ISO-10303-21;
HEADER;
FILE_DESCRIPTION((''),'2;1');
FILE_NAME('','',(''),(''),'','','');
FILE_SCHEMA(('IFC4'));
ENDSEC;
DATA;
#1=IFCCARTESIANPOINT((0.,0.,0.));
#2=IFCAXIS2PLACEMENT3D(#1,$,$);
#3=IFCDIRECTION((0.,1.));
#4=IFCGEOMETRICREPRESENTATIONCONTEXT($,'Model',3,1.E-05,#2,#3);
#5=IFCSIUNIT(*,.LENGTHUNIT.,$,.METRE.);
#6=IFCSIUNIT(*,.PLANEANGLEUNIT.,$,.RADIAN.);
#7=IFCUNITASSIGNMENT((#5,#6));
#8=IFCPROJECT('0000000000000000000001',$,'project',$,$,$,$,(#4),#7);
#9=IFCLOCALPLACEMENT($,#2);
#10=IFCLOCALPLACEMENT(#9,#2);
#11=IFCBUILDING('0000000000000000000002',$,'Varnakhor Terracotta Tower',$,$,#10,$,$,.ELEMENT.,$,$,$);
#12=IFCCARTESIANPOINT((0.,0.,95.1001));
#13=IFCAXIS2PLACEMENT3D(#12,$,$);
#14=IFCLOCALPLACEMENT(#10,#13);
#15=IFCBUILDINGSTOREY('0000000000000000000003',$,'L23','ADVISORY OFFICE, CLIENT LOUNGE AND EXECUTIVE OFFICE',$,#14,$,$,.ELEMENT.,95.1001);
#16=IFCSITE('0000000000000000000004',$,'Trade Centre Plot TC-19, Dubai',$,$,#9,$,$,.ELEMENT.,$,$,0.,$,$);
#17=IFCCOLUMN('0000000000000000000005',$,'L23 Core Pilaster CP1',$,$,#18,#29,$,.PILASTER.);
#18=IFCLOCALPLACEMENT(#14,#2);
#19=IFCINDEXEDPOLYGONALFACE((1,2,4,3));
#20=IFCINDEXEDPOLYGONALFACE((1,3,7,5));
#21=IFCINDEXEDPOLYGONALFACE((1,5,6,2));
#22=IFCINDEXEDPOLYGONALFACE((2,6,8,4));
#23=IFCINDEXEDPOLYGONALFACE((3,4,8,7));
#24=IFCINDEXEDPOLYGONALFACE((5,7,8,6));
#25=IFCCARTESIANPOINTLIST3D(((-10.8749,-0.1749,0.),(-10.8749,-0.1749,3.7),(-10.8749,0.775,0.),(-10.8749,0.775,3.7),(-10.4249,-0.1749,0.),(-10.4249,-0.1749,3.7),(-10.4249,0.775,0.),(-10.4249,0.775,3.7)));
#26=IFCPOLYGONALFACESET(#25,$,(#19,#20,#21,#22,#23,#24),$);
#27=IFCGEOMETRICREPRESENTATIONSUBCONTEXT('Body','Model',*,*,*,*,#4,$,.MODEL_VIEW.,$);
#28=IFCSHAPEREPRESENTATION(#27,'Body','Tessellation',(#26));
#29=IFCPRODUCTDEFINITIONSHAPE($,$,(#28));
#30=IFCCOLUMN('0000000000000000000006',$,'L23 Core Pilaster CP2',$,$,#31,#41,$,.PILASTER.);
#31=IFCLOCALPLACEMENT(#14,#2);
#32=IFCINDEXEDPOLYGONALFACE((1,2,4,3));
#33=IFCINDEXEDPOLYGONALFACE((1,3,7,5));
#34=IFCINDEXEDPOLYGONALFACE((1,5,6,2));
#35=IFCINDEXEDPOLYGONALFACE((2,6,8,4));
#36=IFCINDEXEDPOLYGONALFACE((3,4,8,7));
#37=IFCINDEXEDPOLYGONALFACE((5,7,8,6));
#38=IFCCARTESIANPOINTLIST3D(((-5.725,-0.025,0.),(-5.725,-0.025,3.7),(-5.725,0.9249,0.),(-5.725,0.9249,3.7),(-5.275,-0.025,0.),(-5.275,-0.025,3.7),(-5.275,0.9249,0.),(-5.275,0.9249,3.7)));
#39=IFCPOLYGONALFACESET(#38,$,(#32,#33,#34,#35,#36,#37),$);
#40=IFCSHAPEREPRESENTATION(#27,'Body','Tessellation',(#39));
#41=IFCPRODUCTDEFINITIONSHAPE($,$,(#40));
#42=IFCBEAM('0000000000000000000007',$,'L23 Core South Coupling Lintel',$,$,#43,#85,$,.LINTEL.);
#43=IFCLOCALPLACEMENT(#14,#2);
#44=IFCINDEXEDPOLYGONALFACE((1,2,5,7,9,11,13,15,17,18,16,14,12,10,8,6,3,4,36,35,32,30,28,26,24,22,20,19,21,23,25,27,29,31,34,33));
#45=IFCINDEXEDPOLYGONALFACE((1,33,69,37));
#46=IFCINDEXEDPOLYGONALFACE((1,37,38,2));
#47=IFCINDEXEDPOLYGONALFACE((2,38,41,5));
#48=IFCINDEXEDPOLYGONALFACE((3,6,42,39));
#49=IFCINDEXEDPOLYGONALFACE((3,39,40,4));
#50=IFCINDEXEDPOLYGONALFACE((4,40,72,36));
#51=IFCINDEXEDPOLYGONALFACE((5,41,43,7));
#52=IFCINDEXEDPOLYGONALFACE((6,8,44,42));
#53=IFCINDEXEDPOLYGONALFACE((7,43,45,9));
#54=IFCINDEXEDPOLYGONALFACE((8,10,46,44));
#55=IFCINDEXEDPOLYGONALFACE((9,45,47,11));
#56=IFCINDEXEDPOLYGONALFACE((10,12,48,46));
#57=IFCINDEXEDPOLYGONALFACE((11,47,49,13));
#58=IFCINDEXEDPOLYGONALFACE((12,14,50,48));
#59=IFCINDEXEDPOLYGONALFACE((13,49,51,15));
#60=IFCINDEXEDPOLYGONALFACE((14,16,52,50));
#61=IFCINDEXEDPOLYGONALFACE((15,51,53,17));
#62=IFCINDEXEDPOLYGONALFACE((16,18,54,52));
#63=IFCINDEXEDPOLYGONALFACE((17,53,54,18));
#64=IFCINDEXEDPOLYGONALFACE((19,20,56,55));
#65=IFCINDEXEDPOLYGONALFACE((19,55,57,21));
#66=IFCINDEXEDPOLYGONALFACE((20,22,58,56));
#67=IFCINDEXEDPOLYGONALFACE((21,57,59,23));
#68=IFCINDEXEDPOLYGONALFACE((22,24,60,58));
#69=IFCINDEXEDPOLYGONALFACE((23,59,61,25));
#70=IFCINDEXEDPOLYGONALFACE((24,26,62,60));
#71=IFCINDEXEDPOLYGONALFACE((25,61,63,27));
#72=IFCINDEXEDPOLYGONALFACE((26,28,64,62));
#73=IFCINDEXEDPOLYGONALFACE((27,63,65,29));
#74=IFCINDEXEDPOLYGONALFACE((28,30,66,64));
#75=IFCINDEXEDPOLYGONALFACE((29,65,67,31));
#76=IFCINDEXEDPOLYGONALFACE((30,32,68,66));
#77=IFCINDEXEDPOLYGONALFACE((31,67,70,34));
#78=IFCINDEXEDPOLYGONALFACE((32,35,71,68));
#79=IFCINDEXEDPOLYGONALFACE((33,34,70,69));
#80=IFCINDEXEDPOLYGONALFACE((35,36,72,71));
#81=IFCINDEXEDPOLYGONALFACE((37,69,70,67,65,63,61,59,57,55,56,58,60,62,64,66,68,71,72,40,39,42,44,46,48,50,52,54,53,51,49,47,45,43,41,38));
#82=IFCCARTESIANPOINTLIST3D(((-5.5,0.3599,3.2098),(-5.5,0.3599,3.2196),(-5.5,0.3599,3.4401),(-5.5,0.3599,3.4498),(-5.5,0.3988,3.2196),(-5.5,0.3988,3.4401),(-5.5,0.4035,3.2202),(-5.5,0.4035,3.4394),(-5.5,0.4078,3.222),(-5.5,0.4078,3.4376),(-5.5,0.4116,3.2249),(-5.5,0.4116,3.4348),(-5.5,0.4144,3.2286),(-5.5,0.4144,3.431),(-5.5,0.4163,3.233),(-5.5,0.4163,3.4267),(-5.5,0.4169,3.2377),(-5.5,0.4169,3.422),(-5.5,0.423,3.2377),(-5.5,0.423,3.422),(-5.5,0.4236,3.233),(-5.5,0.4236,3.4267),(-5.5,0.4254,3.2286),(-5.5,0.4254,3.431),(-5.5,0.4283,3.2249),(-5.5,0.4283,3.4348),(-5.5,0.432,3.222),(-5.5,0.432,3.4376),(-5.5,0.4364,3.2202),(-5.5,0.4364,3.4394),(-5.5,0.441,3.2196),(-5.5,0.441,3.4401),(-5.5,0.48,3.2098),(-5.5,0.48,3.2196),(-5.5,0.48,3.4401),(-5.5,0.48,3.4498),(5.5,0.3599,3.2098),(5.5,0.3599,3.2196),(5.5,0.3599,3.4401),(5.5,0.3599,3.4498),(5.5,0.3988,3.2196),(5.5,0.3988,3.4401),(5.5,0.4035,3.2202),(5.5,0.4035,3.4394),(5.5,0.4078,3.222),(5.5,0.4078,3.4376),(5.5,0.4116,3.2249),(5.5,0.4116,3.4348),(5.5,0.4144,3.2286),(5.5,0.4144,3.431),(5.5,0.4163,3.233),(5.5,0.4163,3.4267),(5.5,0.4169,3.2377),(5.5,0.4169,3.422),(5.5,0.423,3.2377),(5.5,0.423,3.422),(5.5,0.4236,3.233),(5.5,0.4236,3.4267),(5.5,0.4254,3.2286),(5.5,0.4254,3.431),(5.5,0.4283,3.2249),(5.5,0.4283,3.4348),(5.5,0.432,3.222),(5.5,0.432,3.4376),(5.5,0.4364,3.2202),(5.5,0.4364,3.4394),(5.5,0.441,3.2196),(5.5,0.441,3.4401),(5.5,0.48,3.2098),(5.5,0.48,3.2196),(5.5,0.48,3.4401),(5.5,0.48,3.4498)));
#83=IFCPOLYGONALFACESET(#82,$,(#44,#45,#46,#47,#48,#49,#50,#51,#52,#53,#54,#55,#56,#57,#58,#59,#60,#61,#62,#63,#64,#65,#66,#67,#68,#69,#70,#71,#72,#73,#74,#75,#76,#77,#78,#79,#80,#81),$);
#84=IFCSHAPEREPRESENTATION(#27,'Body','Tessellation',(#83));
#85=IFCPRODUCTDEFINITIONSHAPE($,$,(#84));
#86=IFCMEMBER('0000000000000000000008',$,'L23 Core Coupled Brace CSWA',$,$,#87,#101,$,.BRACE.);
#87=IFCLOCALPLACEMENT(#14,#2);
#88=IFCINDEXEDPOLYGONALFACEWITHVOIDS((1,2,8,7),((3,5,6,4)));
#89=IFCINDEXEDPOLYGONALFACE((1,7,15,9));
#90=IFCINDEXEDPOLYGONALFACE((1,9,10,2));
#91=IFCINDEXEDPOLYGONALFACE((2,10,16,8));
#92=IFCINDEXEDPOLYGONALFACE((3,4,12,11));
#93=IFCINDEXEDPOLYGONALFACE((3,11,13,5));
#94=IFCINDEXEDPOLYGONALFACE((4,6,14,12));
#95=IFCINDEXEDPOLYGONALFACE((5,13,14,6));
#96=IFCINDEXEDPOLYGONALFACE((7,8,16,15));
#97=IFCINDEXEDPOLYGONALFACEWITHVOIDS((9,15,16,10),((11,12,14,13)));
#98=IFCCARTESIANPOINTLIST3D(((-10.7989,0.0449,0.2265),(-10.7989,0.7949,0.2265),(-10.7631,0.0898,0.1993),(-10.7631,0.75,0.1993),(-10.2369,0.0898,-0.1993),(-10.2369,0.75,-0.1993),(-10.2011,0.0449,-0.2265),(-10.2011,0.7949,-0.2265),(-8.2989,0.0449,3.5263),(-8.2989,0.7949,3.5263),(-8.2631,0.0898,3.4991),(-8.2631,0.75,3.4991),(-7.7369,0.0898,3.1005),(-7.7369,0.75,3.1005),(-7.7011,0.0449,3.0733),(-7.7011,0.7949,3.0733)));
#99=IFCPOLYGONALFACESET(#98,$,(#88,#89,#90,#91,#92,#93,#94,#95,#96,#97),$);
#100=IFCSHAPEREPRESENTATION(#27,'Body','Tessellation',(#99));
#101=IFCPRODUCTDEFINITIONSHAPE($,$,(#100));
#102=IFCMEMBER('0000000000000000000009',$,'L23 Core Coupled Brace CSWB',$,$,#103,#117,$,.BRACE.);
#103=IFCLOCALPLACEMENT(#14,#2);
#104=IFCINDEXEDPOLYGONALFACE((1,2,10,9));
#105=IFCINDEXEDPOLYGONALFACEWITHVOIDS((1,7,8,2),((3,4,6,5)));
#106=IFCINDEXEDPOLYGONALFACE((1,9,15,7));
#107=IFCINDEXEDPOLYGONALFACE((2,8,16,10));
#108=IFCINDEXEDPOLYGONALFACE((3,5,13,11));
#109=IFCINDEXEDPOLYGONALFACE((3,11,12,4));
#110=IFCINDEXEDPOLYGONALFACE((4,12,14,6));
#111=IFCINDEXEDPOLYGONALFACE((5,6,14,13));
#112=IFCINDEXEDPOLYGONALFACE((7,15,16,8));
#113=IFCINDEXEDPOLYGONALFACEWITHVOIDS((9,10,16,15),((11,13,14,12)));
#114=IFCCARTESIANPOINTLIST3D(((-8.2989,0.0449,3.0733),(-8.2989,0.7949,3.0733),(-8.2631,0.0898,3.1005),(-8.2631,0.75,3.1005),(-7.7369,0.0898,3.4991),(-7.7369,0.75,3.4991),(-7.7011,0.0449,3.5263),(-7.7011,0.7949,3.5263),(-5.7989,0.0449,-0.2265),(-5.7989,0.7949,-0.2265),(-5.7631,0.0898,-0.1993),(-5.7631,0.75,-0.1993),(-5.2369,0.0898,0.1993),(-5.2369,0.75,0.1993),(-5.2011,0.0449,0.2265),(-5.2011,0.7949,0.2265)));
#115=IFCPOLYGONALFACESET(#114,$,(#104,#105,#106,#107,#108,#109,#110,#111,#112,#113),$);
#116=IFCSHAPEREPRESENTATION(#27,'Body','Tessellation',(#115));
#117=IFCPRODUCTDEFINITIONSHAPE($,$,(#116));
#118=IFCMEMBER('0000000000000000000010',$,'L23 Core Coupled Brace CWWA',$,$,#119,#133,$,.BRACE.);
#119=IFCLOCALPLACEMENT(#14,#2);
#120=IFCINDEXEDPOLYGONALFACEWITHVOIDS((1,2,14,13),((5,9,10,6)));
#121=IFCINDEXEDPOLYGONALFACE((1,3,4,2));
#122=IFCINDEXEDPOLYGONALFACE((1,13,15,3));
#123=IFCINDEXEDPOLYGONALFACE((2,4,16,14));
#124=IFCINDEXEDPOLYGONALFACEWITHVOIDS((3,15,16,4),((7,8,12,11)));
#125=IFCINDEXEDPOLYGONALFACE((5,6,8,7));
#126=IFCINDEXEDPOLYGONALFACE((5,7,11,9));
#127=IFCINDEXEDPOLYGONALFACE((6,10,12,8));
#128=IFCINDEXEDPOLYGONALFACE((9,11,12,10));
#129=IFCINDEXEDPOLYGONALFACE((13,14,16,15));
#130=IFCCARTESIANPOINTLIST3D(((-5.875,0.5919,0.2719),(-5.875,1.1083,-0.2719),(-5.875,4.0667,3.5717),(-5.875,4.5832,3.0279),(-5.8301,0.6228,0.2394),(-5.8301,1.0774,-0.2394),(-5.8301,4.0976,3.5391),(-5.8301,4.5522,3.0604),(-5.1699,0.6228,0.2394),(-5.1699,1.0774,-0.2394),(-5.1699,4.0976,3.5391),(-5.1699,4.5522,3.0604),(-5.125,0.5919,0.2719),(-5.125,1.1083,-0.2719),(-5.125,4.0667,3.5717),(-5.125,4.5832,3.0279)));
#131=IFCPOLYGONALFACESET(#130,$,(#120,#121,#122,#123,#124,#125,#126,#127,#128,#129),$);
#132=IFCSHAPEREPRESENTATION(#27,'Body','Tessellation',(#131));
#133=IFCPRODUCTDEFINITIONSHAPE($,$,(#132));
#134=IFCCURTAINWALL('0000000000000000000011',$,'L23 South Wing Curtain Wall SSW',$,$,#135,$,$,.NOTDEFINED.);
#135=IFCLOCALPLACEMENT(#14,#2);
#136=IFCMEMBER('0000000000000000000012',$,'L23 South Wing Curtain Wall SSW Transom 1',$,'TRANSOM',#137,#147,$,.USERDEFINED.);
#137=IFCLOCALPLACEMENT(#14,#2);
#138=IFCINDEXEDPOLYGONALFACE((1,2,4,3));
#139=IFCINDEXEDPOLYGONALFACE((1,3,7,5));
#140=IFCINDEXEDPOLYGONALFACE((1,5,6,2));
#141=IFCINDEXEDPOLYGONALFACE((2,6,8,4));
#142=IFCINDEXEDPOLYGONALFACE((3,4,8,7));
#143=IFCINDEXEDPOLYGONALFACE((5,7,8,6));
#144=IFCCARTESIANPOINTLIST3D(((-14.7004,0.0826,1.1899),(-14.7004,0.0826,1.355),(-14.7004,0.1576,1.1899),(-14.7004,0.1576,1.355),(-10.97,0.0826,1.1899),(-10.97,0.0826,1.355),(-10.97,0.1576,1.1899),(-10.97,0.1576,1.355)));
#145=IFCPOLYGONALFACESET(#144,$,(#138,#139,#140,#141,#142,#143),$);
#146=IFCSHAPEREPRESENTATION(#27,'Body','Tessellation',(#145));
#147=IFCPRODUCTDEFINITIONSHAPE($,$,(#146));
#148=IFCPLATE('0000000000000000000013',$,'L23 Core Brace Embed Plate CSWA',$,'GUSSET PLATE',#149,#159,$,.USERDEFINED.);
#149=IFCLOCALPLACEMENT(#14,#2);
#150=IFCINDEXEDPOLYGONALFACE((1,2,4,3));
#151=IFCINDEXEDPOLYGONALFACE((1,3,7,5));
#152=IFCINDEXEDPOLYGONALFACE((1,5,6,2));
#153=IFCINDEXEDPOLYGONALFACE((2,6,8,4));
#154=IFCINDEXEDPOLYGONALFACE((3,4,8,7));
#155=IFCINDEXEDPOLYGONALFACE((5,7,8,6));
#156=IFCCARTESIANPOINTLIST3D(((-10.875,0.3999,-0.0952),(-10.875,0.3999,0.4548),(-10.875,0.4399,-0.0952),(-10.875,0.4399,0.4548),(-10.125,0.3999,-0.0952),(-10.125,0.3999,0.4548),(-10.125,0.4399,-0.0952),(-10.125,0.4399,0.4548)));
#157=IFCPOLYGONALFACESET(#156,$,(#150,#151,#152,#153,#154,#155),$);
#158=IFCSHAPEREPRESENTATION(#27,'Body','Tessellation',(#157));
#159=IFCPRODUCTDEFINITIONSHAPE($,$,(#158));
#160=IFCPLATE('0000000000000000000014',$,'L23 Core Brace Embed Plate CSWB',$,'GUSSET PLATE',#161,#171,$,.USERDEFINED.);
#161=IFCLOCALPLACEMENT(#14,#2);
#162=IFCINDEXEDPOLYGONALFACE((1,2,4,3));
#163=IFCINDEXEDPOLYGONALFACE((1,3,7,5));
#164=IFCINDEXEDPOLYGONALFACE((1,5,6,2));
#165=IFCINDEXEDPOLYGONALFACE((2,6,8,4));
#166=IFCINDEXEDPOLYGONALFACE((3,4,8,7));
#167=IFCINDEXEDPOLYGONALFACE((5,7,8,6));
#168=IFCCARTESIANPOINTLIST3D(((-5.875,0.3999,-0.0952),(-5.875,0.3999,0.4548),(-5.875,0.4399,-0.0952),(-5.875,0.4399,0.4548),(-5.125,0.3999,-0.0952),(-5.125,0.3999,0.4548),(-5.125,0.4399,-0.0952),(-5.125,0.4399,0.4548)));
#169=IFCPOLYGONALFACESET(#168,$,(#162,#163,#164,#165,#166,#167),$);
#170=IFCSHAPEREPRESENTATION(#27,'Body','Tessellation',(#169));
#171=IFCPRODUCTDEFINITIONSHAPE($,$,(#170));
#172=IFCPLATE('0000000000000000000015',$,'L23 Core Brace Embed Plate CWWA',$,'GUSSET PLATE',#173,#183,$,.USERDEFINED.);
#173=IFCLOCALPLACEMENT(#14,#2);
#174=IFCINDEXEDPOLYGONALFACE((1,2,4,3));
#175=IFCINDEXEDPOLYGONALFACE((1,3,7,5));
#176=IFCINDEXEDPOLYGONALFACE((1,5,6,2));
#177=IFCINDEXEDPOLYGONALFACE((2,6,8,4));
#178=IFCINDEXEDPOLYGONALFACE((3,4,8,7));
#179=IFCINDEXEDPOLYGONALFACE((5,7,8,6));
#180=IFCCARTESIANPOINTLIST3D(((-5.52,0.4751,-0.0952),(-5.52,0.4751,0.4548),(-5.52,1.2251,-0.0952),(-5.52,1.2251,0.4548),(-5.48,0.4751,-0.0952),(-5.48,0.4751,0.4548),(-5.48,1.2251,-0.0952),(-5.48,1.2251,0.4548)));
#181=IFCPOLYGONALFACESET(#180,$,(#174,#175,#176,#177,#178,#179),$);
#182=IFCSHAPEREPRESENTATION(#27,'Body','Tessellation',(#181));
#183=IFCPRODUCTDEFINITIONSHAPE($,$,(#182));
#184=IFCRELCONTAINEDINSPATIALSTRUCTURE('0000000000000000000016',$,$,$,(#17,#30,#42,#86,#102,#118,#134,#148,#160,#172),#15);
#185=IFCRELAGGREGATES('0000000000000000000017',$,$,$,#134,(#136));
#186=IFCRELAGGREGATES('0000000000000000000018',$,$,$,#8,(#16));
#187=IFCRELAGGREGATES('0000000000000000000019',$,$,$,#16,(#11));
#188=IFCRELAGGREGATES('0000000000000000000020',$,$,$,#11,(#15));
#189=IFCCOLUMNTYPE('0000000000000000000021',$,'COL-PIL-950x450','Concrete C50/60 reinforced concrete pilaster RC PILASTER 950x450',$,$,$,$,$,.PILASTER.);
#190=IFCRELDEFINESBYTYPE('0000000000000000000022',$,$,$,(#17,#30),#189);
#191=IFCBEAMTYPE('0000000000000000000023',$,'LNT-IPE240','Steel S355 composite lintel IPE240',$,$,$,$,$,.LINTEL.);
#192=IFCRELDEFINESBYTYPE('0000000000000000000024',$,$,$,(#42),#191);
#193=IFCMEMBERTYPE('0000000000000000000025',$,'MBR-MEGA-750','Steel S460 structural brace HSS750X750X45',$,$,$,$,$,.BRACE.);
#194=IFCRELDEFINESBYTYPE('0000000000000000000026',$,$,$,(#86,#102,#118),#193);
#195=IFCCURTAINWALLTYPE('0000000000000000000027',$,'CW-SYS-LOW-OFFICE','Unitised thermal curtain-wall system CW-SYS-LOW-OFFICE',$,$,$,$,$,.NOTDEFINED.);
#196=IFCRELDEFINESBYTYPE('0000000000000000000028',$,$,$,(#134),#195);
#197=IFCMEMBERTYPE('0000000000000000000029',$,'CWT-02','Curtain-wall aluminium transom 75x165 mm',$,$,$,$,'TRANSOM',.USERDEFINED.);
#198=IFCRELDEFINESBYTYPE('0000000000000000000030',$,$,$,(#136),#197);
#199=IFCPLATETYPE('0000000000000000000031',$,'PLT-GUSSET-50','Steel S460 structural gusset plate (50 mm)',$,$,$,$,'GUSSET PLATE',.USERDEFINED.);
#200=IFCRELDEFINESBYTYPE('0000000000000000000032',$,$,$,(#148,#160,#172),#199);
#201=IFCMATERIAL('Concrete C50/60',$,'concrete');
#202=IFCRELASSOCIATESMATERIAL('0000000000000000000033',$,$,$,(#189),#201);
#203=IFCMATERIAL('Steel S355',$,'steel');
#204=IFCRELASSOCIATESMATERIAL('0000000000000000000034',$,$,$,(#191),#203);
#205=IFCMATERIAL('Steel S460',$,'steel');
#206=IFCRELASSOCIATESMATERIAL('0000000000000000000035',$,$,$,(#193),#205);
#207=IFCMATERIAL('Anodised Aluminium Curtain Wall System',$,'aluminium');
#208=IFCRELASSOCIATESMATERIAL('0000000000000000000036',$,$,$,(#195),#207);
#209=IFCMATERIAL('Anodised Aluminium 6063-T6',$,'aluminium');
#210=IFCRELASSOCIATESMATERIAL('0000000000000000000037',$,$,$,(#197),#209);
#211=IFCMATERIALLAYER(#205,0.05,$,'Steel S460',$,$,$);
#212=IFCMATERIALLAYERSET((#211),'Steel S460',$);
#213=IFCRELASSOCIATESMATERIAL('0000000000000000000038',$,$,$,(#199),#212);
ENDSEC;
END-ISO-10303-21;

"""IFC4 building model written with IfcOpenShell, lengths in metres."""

from ifc_helpers import new_model, si_unit, direction, frame, origin, origin_2d, place, context, subcontext, project, spatial, rectangle, hollow_rectangle, i_section, extrude, source, transform, mapped, material, layer, layer_set, material_profile, profile_set, type_object, type_shapes, element, aggregate, save


model = new_model("IFC4")

# Units and contexts
model_context = context("Model", 3, precision=1e-05, world=origin(), true_north=direction((0.0, 1.0)))
body_context = subcontext(model_context, "Body", "Model", "MODEL_VIEW")
ifc_project = project(units=[si_unit("LENGTHUNIT", "METRE"), si_unit("PLANEANGLEUNIT", "RADIAN")], contexts=[model_context])

# Site, building, storey
site_placement = place(None, origin())
site = spatial("IfcSite", under=ifc_project, at=site_placement, Name="Trade Centre Plot TC-19, Dubai", CompositionType="ELEMENT", RefElevation=0.0)
building_placement = place(site_placement, origin())
building = spatial("IfcBuilding", under=site, at=building_placement, Name="Varnakhor Terracotta Tower", CompositionType="ELEMENT")
storey_placement = place(building_placement, frame((0.0, 0.0, 95.1001)))
storey = spatial("IfcBuildingStorey", under=building, at=storey_placement, Name="L23", Description="ADVISORY OFFICE, CLIENT LOUNGE AND EXECUTIVE OFFICE", CompositionType="ELEMENT", Elevation=95.1001)

# Columns
ifc_material_1 = material(Name="Concrete C50/60", Category="concrete")
ifc_material_profile_1 = material_profile(ifc_material_1, rectangle(XDim=0.45, YDim=0.95, at=origin_2d()), Name="RC PILASTER 950x450")
ifc_profile_set_1 = profile_set([ifc_material_profile_1], Name="Concrete C50/60")
column_type = type_object("IfcColumnType", Name="COL-PIL-950x450", Description="Concrete C50/60 reinforced concrete pilaster RC PILASTER 950x450", PredefinedType="PILASTER", material=ifc_profile_set_1)
shared_shape_1 = source(origin(), body_context, "Body", "SweptSolid", [
    extrude(rectangle(XDim=0.45, YDim=0.95, at=origin_2d()), origin(), (0.0, 0.0, 1.0), 3.7),
])
for number, where, z_axis, x_axis, name in (
    (1, (-10.6499, 0.3, 0.0), (0.0, 0.0, 1.0), (1.0, 0.0, 0.0), "L23 Core Pilaster CP1"),
    (2, (-5.5, 0.45, 0.0), (0.0, 0.0, 1.0), (1.0, 0.0, 0.0), "L23 Core Pilaster CP2"),
):
    element("IfcColumn", number, at=place(storey_placement, frame(where, z_axis=z_axis, x_axis=x_axis)), inside=storey, type_object=column_type, Name=name, PredefinedType="PILASTER", context=body_context, shape_type="MappedRepresentation", body=[
        mapped(shared_shape_1, transform((0.0, 0.0, 0.0), scale=1.0)),
    ])

# Beam
ifc_material_2 = material(Name="Steel S355", Category="steel")
ifc_material_profile_2 = material_profile(ifc_material_2, i_section(OverallWidth=0.1201, OverallDepth=0.24, WebThickness=0.0061, FlangeThickness=0.0098, FilletRadius=0.0181, at=origin_2d()), Name="IPE240")
ifc_profile_set_2 = profile_set([ifc_material_profile_2], Name="Steel S355")
beam_type = type_object("IfcBeamType", Name="LNT-IPE240", Description="Steel S355 composite lintel IPE240", PredefinedType="LINTEL", material=ifc_profile_set_2)
shared_shape_2 = source(origin(), body_context, "Body", "SweptSolid", [
    extrude(i_section(OverallWidth=0.1201, OverallDepth=0.24, WebThickness=0.0061, FlangeThickness=0.0098, FilletRadius=0.0181, at=origin_2d()), origin(), (0.0, 0.0, 1.0), 11.0),
])
type_shapes(beam_type, [shared_shape_2])
beam_placement = place(storey_placement, frame((-5.5, 0.4199, 3.3298), z_axis=(1.0, 0.0, 0.0), x_axis=(0.0, 1.0, 0.0)))
element("IfcBeam", 3, at=beam_placement, inside=storey, type_object=beam_type, Name="L23 Core South Coupling Lintel", PredefinedType="LINTEL", context=body_context, shape_type="MappedRepresentation", body=[
    mapped(shared_shape_2, transform((0.0, 0.0, 0.0), scale=1.0)),
])

# Members
ifc_material_3 = material(Name="Steel S460", Category="steel")
ifc_material_profile_3 = material_profile(ifc_material_3, hollow_rectangle(XDim=0.75, YDim=0.75, WallThickness=0.0449, at=origin_2d()), Name="HSS750X750X45")
ifc_profile_set_3 = profile_set([ifc_material_profile_3], Name="Steel S460")
member_type_1 = type_object("IfcMemberType", Name="MBR-MEGA-750", Description="Steel S460 structural brace HSS750X750X45", PredefinedType="BRACE", material=ifc_profile_set_3)
shared_shape_3 = source(origin(), body_context, "Body", "SweptSolid", [
    extrude(hollow_rectangle(XDim=0.75, YDim=0.75, WallThickness=0.0449, at=origin_2d()), origin(), (0.0, 0.0, 1.0), 4.1399),
])
for number, where, z_axis, x_axis, name in (
    (4, (-10.5, 0.4199, 0.0), (0.60388, 0.0, 0.797075), (0.0, 1.0, 0.0), "L23 Core Coupled Brace CSWA"),
    (5, (-5.5, 0.4199, 0.0), (-0.60388, 0.0, 0.797075), (0.0, -1.0, 0.0), "L23 Core Coupled Brace CSWB"),
):
    element("IfcMember", number, at=place(storey_placement, frame(where, z_axis=z_axis, x_axis=x_axis)), inside=storey, type_object=member_type_1, Name=name, PredefinedType="BRACE", context=body_context, shape_type="MappedRepresentation", body=[
        mapped(shared_shape_3, transform((0.0, 0.0, 0.0), scale=1.0)),
    ])
shared_shape_4 = source(origin(), body_context, "Body", "SweptSolid", [
    extrude(hollow_rectangle(XDim=0.75, YDim=0.75, WallThickness=0.0449, at=origin_2d()), origin(), (0.0, 0.0, 1.0), 4.792),
])
member_1_placement = place(storey_placement, frame((-5.5, 0.8501, 0.0), z_axis=(0.0, 0.725136, 0.688606), x_axis=(-1.0, 0.0, 0.0)))
element("IfcMember", 6, at=member_1_placement, inside=storey, type_object=member_type_1, Name="L23 Core Coupled Brace CWWA", PredefinedType="BRACE", context=body_context, shape_type="MappedRepresentation", body=[
    mapped(shared_shape_4, transform((0.0, 0.0, 0.0), scale=1.0)),
])

# Curtain wall, member
ifc_material_4 = material(Name="Anodised Aluminium Curtain Wall System", Category="aluminium")
curtain_wall_type = type_object("IfcCurtainWallType", Name="CW-SYS-LOW-OFFICE", Description="Unitised thermal curtain-wall system CW-SYS-LOW-OFFICE", PredefinedType="NOTDEFINED", material=ifc_material_4)
curtain_wall_placement = place(storey_placement, origin())
curtain_wall = element("IfcCurtainWall", 7, at=curtain_wall_placement, inside=storey, type_object=curtain_wall_type, Name="L23 South Wing Curtain Wall SSW", PredefinedType="NOTDEFINED")
ifc_material_5 = material(Name="Anodised Aluminium 6063-T6", Category="aluminium")
ifc_material_profile_4 = material_profile(ifc_material_5, rectangle(XDim=0.075, YDim=0.165, at=origin_2d()), Name="ALU TRANSOM 75x165")
ifc_profile_set_4 = profile_set([ifc_material_profile_4], Name="Anodised Aluminium 6063-T6")
member_type_2 = type_object("IfcMemberType", Name="CWT-02", Description="Curtain-wall aluminium transom 75x165 mm", ElementType="TRANSOM", PredefinedType="USERDEFINED", material=ifc_profile_set_4)
shared_shape_5 = source(origin(), body_context, "Body", "SweptSolid", [
    extrude(rectangle(XDim=0.075, YDim=0.165, at=origin_2d()), origin(), (0.0, 0.0, 1.0), 3.7305),
])
member_2_placement = place(storey_placement, frame((-10.97, 0.1201, 1.2725), z_axis=(-1.0, 0.0, 0.0), x_axis=(0.0, -1.0, 0.0)))
member_2 = element("IfcMember", 8, at=member_2_placement, type_object=member_type_2, Name="L23 South Wing Curtain Wall SSW Transom 1", ObjectType="TRANSOM", PredefinedType="USERDEFINED", context=body_context, shape_type="MappedRepresentation", body=[
    mapped(shared_shape_5, transform((0.0, 0.0, 0.0), scale=1.0)),
])
aggregate(curtain_wall, [member_2])

# Plates
ifc_layer_1 = layer(ifc_material_3, 0.05, Name="Steel S460")
ifc_layer_set_1 = layer_set([ifc_layer_1], Name="Steel S460")
plate_type = type_object("IfcPlateType", Name="PLT-GUSSET-50", Description="Steel S460 structural gusset plate (50 mm)", ElementType="GUSSET PLATE", PredefinedType="USERDEFINED", material=ifc_layer_set_1)
shared_shape_6 = source(origin(), body_context, "Body", "SweptSolid", [
    extrude(rectangle(XDim=0.75, YDim=0.04, at=origin_2d()), origin(), (0.0, 0.0, 1.0), 0.55),
])
type_shapes(plate_type, [shared_shape_6])
for number, where, z_axis, x_axis, name in (
    (9, (-10.5, 0.4199, -0.0952), (0.0, 0.0, 1.0), (1.0, 0.0, 0.0), "L23 Core Brace Embed Plate CSWA"),
    (10, (-5.5, 0.4199, -0.0952), (0.0, 0.0, 1.0), (1.0, 0.0, 0.0), "L23 Core Brace Embed Plate CSWB"),
    (11, (-5.5, 0.8501, -0.0952), (0.0, 0.0, 1.0), (0.0, 1.0, 0.0), "L23 Core Brace Embed Plate CWWA"),
):
    element("IfcPlate", number, at=place(storey_placement, frame(where, z_axis=z_axis, x_axis=x_axis)), inside=storey, type_object=plate_type, Name=name, ObjectType="GUSSET PLATE", PredefinedType="USERDEFINED", context=body_context, shape_type="MappedRepresentation", body=[
        mapped(shared_shape_6, transform((0.0, 0.0, 0.0), scale=1.0)),
    ])

save(model, "model.ifc")
